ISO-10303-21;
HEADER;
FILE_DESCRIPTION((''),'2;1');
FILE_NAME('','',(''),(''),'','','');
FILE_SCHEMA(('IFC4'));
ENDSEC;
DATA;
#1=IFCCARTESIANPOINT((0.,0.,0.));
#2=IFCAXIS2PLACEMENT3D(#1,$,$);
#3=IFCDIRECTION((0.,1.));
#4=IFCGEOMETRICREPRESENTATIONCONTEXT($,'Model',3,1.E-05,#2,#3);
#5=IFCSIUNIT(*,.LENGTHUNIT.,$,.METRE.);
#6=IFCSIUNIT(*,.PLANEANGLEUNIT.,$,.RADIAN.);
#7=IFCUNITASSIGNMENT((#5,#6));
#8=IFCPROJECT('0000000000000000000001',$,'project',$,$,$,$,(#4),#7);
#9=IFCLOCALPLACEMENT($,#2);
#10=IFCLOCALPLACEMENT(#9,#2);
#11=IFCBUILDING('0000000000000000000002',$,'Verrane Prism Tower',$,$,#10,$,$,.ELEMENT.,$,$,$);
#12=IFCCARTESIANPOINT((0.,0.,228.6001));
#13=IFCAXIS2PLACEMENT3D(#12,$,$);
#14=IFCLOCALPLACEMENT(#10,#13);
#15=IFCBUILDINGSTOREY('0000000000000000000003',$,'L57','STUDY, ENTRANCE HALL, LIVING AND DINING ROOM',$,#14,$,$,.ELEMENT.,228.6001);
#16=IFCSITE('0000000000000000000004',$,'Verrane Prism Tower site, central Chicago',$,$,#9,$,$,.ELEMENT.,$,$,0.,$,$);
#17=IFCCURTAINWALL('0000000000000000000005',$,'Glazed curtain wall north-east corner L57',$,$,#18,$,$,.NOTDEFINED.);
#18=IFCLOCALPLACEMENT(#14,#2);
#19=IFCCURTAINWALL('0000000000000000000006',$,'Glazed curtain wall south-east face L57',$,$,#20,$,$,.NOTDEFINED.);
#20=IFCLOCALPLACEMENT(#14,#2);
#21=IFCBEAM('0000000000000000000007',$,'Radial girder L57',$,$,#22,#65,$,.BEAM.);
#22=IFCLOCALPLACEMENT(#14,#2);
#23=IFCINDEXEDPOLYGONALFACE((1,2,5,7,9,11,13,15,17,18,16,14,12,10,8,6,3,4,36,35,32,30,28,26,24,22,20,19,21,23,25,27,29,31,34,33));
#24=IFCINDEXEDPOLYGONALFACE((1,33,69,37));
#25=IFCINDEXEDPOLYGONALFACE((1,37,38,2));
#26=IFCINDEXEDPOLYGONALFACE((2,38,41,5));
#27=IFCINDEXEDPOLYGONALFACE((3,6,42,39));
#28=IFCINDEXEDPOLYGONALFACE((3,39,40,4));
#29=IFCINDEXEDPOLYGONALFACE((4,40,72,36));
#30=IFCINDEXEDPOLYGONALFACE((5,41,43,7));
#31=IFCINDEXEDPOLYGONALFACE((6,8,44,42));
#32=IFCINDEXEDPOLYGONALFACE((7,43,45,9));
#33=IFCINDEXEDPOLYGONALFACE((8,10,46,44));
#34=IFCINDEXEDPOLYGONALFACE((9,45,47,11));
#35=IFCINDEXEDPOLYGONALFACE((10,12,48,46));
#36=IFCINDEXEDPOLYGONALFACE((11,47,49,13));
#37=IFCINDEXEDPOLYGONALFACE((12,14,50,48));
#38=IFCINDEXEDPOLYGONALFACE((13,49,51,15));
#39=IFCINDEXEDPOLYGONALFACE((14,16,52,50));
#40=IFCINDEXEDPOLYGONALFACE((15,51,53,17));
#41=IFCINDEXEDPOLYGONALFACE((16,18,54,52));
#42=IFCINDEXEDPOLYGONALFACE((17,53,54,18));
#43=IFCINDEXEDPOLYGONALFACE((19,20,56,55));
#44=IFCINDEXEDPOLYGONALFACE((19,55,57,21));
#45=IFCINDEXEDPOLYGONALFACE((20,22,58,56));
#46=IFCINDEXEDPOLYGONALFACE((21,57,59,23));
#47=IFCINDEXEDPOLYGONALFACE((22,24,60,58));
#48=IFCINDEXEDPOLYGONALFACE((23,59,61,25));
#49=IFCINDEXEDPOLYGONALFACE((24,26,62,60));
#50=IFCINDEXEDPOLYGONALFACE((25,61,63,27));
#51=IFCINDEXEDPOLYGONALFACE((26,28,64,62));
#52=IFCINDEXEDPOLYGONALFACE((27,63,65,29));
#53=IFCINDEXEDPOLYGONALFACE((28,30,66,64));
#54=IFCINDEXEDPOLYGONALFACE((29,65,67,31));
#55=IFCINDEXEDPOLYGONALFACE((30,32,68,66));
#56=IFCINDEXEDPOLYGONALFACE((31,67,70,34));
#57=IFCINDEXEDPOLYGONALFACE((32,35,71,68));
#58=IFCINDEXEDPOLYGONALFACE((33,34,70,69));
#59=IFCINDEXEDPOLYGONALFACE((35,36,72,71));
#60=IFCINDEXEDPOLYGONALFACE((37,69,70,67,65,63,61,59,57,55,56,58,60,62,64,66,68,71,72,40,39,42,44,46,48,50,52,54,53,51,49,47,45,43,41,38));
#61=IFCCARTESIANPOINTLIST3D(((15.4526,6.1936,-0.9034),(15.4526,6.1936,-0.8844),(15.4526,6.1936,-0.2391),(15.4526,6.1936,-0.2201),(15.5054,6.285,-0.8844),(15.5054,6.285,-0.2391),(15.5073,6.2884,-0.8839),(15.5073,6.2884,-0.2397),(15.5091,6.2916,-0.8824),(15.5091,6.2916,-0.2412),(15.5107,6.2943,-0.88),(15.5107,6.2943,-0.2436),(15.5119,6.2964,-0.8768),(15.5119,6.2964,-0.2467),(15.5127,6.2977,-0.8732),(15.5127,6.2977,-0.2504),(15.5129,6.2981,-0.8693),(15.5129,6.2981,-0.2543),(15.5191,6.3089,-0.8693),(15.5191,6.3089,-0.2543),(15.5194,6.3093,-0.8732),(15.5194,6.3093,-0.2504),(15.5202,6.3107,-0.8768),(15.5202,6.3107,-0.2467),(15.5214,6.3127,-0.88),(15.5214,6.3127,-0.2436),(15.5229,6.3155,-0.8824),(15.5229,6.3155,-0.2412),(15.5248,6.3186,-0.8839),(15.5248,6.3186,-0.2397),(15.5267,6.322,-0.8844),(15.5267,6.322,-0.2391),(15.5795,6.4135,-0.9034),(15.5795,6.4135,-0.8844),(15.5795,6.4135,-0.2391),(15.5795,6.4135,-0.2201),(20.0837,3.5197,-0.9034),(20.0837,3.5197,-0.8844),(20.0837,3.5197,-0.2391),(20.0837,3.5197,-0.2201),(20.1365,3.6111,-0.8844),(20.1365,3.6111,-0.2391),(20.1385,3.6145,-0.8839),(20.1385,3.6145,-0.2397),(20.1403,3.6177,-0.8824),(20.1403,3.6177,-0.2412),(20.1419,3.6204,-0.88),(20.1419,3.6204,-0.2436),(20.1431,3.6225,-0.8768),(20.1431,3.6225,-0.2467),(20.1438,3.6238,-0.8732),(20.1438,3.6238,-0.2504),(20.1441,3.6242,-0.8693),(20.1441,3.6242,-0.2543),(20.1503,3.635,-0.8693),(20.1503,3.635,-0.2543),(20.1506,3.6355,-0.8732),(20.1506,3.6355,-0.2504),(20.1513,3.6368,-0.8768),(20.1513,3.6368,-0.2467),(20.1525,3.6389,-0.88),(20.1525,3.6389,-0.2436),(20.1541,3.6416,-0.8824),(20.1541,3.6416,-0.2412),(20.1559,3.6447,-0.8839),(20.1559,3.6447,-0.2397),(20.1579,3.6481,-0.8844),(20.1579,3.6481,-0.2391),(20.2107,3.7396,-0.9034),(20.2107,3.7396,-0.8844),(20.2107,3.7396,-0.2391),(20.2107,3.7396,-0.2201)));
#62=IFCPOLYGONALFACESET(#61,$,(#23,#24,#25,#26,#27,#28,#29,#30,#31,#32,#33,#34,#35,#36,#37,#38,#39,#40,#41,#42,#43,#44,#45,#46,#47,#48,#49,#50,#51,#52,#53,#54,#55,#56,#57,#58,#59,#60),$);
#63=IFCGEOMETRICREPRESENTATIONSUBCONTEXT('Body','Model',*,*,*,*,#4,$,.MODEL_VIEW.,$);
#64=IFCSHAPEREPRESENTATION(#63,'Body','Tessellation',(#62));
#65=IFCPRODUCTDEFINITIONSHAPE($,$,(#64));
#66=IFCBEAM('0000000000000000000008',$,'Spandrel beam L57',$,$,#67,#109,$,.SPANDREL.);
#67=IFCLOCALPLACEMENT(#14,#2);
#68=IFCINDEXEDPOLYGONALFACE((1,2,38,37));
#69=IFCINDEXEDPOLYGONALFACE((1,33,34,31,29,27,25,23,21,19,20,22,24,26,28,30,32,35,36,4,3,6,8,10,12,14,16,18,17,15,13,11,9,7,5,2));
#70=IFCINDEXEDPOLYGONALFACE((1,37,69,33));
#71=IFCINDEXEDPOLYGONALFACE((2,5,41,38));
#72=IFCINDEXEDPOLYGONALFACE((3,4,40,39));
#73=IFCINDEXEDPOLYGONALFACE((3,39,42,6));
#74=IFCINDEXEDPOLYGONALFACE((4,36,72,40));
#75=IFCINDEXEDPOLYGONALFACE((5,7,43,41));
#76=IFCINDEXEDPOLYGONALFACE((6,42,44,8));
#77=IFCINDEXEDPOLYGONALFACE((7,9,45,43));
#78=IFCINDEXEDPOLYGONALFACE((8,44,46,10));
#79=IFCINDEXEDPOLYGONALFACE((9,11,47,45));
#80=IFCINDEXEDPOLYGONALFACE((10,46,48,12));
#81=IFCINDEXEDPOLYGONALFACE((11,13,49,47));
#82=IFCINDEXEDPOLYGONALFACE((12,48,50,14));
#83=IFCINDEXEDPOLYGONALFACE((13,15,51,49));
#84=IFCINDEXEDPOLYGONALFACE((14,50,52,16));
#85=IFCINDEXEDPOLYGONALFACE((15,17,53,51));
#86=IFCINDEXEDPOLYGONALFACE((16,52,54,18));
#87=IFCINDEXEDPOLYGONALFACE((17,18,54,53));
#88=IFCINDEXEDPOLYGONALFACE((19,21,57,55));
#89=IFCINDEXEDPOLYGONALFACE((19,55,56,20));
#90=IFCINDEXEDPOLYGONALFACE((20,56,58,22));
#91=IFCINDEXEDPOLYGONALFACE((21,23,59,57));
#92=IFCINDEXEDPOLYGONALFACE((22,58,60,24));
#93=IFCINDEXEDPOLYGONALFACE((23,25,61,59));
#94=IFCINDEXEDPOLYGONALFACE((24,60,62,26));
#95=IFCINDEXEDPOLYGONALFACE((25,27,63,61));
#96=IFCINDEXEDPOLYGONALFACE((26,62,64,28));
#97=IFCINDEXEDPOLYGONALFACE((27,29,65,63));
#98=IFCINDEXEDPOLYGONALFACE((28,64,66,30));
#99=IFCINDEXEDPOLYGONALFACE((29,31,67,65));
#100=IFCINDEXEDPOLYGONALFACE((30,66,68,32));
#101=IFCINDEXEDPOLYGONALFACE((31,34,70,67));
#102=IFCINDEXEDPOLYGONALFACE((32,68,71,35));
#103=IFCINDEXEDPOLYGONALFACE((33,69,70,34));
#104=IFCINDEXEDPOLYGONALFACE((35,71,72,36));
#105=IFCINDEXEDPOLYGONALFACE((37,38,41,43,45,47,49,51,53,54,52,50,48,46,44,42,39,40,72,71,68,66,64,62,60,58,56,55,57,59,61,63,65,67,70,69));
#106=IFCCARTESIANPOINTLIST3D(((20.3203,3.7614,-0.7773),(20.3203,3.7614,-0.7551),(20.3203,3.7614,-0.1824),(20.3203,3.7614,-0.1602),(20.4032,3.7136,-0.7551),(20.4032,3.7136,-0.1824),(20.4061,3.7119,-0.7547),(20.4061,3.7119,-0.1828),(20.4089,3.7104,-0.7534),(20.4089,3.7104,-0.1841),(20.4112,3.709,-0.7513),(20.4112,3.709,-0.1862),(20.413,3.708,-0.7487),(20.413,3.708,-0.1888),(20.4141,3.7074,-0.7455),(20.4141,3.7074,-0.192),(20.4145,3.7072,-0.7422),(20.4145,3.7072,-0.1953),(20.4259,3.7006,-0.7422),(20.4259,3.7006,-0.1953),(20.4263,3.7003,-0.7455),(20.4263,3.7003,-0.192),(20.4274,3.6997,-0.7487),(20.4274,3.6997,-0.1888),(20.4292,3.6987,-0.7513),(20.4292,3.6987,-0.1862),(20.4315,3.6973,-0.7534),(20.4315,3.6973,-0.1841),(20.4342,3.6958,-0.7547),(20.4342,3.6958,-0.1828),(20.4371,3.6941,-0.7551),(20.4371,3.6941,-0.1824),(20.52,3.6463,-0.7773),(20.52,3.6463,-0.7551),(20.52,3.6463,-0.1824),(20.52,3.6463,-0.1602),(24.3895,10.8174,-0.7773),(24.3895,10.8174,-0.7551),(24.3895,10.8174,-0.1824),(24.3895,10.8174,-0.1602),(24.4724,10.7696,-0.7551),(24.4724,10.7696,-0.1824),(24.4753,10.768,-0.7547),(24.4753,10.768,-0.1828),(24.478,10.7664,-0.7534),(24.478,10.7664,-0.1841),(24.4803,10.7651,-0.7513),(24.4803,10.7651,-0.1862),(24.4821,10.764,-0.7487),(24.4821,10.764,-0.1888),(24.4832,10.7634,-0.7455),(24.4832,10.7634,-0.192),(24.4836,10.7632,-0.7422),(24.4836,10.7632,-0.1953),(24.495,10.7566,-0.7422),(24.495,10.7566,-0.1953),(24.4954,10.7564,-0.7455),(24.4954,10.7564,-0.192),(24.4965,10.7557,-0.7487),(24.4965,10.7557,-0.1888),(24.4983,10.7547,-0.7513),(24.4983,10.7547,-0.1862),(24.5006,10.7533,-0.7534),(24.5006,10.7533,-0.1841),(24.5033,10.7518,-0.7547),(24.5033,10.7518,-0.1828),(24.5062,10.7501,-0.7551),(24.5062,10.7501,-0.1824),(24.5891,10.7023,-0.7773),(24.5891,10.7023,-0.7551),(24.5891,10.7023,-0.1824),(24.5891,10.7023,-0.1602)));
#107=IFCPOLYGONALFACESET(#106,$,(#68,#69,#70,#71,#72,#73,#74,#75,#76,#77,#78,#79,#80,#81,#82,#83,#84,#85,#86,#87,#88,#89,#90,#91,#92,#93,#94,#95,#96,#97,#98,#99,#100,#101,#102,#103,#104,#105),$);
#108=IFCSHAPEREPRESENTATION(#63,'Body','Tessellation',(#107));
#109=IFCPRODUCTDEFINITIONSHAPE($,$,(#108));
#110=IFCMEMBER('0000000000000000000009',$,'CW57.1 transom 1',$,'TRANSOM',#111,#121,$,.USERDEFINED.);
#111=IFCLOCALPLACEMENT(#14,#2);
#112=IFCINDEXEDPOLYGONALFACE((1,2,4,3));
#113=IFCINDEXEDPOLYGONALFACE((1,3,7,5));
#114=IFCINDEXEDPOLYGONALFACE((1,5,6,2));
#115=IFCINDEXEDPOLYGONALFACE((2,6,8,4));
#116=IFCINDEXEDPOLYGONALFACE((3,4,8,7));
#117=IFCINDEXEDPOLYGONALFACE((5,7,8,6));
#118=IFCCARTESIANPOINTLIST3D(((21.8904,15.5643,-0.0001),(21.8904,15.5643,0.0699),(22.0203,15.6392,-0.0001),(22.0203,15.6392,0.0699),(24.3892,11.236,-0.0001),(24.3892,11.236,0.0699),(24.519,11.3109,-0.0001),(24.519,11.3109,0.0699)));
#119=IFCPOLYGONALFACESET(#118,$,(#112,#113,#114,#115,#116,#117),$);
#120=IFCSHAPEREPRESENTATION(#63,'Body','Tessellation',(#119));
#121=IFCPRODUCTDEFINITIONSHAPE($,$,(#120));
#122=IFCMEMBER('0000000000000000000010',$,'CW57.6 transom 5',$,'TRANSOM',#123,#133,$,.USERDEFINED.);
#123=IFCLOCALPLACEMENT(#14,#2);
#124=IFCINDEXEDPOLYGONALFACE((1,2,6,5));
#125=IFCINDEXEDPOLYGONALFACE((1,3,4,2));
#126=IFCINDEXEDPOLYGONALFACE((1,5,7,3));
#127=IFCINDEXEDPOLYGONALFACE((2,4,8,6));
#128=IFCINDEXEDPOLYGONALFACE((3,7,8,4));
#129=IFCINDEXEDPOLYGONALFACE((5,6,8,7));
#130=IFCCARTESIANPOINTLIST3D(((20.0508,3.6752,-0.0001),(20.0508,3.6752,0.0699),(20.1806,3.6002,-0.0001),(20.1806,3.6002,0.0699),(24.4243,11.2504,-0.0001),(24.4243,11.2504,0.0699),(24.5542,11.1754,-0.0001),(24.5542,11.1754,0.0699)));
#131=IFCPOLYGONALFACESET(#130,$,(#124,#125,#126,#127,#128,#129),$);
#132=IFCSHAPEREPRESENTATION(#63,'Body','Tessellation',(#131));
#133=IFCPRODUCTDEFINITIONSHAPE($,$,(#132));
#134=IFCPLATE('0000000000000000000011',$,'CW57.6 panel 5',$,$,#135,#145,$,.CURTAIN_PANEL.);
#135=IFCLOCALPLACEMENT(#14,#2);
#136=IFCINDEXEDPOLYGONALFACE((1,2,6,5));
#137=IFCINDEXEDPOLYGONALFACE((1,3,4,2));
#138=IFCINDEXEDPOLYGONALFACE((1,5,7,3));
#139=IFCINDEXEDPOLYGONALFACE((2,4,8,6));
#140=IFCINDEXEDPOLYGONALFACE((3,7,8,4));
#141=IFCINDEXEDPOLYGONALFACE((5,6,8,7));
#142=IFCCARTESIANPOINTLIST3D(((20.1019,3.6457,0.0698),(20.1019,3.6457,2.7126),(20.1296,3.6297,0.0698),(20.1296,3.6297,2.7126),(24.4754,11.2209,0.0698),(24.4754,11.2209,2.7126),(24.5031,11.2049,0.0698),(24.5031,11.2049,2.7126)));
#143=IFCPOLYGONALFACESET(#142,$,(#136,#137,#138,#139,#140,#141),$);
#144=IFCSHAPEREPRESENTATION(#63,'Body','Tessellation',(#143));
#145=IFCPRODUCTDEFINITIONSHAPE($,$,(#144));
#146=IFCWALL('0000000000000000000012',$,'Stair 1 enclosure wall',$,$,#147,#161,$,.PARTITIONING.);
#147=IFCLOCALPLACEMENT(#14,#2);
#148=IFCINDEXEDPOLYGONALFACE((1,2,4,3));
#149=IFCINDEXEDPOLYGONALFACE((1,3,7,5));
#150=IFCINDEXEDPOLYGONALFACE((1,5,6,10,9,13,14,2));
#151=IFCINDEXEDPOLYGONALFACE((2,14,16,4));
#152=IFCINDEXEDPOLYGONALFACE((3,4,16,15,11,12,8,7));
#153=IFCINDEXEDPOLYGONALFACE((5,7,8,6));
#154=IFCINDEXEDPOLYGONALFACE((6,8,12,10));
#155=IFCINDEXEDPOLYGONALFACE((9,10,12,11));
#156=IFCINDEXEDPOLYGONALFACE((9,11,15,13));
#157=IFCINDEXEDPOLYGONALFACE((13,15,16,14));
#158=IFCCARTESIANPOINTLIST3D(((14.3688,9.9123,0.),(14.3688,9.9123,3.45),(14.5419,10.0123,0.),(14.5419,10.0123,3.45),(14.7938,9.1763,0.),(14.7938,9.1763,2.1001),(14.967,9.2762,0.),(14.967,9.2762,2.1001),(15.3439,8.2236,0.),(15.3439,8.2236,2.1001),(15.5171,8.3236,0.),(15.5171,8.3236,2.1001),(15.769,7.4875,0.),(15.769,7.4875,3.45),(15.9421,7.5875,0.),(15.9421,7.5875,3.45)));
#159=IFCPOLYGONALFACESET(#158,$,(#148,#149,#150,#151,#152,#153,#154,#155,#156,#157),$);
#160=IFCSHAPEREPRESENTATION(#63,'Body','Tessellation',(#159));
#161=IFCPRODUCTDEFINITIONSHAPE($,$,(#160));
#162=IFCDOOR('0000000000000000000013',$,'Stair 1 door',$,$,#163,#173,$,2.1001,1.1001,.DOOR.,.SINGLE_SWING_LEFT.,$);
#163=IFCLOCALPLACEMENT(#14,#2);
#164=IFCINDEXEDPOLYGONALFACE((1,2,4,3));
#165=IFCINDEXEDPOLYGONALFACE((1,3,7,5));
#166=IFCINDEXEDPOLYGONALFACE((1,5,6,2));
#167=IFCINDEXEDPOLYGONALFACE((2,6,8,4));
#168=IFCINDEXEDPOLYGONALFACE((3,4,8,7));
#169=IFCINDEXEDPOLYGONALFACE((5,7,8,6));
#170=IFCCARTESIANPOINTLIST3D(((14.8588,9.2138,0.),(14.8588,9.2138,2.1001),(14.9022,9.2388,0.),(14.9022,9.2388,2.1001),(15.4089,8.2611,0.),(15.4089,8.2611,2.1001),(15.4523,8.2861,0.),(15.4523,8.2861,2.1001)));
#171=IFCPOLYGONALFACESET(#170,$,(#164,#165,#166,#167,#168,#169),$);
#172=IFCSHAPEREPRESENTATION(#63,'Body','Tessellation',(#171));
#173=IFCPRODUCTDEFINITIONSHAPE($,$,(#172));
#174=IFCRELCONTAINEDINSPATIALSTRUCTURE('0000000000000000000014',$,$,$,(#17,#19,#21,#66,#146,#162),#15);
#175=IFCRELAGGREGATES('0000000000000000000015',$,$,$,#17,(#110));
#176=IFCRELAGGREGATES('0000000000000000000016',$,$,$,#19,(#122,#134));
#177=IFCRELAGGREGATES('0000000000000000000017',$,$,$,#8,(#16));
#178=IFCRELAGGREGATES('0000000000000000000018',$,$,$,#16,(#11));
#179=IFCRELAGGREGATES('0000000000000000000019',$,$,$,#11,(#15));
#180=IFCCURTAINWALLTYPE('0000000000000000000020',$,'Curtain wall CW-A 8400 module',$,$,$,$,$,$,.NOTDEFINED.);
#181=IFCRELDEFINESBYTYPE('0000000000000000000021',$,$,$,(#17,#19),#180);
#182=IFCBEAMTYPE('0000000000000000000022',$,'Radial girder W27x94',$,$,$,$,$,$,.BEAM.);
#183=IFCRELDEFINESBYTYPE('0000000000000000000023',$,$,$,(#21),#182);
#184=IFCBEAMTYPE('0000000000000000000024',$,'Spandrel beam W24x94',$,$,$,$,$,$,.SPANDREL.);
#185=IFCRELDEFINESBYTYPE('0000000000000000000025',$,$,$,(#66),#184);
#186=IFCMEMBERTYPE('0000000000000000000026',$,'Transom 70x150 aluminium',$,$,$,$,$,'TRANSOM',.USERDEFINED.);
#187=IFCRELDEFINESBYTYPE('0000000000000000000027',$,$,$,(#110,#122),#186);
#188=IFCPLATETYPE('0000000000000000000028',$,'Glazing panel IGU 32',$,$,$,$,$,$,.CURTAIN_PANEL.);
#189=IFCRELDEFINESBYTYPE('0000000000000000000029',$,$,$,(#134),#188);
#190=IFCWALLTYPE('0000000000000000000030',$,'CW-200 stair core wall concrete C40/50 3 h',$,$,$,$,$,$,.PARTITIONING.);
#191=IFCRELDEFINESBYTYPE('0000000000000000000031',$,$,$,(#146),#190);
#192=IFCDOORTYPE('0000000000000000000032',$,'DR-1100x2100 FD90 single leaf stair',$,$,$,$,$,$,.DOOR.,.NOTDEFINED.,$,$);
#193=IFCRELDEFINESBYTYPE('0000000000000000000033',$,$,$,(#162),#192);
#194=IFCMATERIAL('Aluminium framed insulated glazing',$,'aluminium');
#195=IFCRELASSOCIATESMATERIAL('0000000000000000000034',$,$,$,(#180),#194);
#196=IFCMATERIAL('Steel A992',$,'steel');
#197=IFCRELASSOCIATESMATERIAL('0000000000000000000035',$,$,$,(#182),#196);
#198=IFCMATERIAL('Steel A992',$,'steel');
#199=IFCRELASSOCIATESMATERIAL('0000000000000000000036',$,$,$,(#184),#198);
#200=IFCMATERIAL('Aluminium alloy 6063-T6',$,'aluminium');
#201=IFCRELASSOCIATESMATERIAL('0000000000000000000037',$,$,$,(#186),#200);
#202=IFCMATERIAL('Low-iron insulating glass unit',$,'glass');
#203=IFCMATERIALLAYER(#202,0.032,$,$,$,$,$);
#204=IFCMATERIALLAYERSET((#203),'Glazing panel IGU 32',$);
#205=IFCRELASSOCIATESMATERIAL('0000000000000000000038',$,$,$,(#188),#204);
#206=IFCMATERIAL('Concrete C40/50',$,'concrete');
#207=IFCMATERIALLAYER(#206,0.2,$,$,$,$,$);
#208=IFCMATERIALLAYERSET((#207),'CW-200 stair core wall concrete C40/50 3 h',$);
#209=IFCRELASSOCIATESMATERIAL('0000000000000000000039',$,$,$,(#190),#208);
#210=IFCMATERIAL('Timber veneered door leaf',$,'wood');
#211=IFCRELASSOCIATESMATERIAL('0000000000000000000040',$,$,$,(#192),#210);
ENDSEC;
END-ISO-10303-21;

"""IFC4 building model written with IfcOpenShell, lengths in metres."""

from ifc_helpers import new_model, si_unit, direction, frame, frame_2d, origin, origin_2d, place, context, subcontext, project, spatial, rectangle, i_section, extrude, material, layer, layer_set, material_profile, profile_set, type_object, element, fill, aggregate, save


model = new_model("IFC4")

# Units and contexts
model_context = context("Model", 3, precision=1e-05, world=origin(), true_north=direction((0.0, 1.0)))
body_context = subcontext(model_context, "Body", "Model", "MODEL_VIEW")
ifc_project = project(units=[si_unit("LENGTHUNIT", "METRE"), si_unit("PLANEANGLEUNIT", "RADIAN")], contexts=[model_context])

# Site, building, storey
site_placement = place(None, origin())
site = spatial("IfcSite", under=ifc_project, at=site_placement, Name="Verrane Prism Tower site, central Chicago", CompositionType="ELEMENT", RefElevation=0.0)
building_placement = place(site_placement, origin())
building = spatial("IfcBuilding", under=site, at=building_placement, Name="Verrane Prism Tower", CompositionType="ELEMENT")
storey_placement = place(building_placement, frame((0.0, 0.0, 228.6001)))
storey = spatial("IfcBuildingStorey", under=building, at=storey_placement, Name="L57", Description="STUDY, ENTRANCE HALL, LIVING AND DINING ROOM", CompositionType="ELEMENT", Elevation=228.6001)

# Curtain walls
ifc_material_1 = material(Name="Aluminium framed insulated glazing", Category="aluminium")
curtain_wall_type = type_object("IfcCurtainWallType", Name="Curtain wall CW-A 8400 module", PredefinedType="NOTDEFINED", material=ifc_material_1)
curtain_wall_1_placement = place(storey_placement, origin())
curtain_wall_1 = element("IfcCurtainWall", 1, at=curtain_wall_1_placement, inside=storey, type_object=curtain_wall_type, Name="Glazed curtain wall north-east corner L57", PredefinedType="NOTDEFINED")
curtain_wall_2_placement = place(storey_placement, origin())
curtain_wall_2 = element("IfcCurtainWall", 2, at=curtain_wall_2_placement, inside=storey, type_object=curtain_wall_type, Name="Glazed curtain wall south-east face L57", PredefinedType="NOTDEFINED")

# Beams
ifc_material_2 = material(Name="Steel A992", Category="steel")
ifc_material_profile_1 = material_profile(ifc_material_2, i_section(OverallWidth=0.2539, OverallDepth=0.6833, WebThickness=0.0125, FlangeThickness=0.019, FilletRadius=0.0151, at=origin_2d()), Name="W27x94")
ifc_profile_set_1 = profile_set([ifc_material_profile_1], Name="Steel A992")
beam_type_1 = type_object("IfcBeamType", Name="Radial girder W27x94", PredefinedType="BEAM", material=ifc_profile_set_1)
beam_1_placement = place(storey_placement, frame((20.1472, 3.6296, -0.5618), z_axis=(-0.866021, 0.500008, 0.0), x_axis=(-0.500008, -0.866021, 0.0)))
element("IfcBeam", 3, at=beam_1_placement, inside=storey, type_object=beam_type_1, Name="Radial girder L57", PredefinedType="BEAM", context=body_context, shape_type="SweptSolid", body=[
    extrude(i_section(OverallWidth=0.2539, OverallDepth=0.6833, WebThickness=0.0125, FlangeThickness=0.019, FilletRadius=0.0151, at=origin_2d()), origin(), (0.0, 0.0, 1.0), 5.3477),
])
ifc_material_3 = material(Name="Steel A992", Category="steel")
ifc_material_profile_2 = material_profile(ifc_material_3, i_section(OverallWidth=0.2305, OverallDepth=0.6172, WebThickness=0.0132, FlangeThickness=0.0222, FilletRadius=0.0129, at=origin_2d()), Name="W24x94")
ifc_profile_set_2 = profile_set([ifc_material_profile_2], Name="Steel A992")
beam_type_2 = type_object("IfcBeamType", Name="Spandrel beam W24x94", PredefinedType="SPANDREL", material=ifc_profile_set_2)
beam_2_placement = place(storey_placement, frame((20.4202, 3.7039, -0.4688), z_axis=(0.499573, 0.866272, 0.0), x_axis=(-0.866272, 0.499573, 0.0)))
element("IfcBeam", 4, at=beam_2_placement, inside=storey, type_object=beam_type_2, Name="Spandrel beam L57", PredefinedType="SPANDREL", context=body_context, shape_type="SweptSolid", body=[
    extrude(i_section(OverallWidth=0.2305, OverallDepth=0.6172, WebThickness=0.0132, FlangeThickness=0.0222, FilletRadius=0.0129, at=origin_2d()), origin(), (0.0, 0.0, 1.0), 8.1453),
])

# Members
ifc_material_4 = material(Name="Aluminium alloy 6063-T6", Category="aluminium")
ifc_material_profile_3 = material_profile(ifc_material_4, rectangle(XDim=0.1499, YDim=0.0701, at=origin_2d()), Name="Transom 70x150 aluminium")
ifc_profile_set_3 = profile_set([ifc_material_profile_3], Name="Aluminium alloy 6063-T6")
member_type_1 = type_object("IfcMemberType", Name="Transom 70x150 aluminium", ElementType="TRANSOM", PredefinedType="USERDEFINED", material=ifc_profile_set_3)
member_1_placement = place(storey_placement, frame((24.4541, 11.2734, 0.0349), z_axis=(-0.499969, 0.866043, 0.0), x_axis=(-0.866043, -0.499969, 0.0)))
member_1 = element("IfcMember", 5, at=member_1_placement, type_object=member_type_1, Name="CW57.1 transom 1", ObjectType="TRANSOM", PredefinedType="USERDEFINED", context=body_context, shape_type="SweptSolid", body=[
    extrude(rectangle(XDim=0.1499, YDim=0.0701, at=origin_2d()), origin(), (0.0, 0.0, 1.0), 4.9978),
])
aggregate(curtain_wall_1, [member_1])
member_2_placement = place(storey_placement, frame((20.1157, 3.6377, 0.0349), z_axis=(0.499999, 0.866026, 0.0), x_axis=(-0.866026, 0.499999, 0.0)))
member_2 = element("IfcMember", 6, at=member_2_placement, type_object=member_type_1, Name="CW57.6 transom 5", ObjectType="TRANSOM", PredefinedType="USERDEFINED", context=body_context, shape_type="SweptSolid", body=[
    extrude(rectangle(XDim=0.1499, YDim=0.0701, at=origin_2d()), origin(), (0.0, 0.0, 1.0), 8.7471),
])

# Plate
ifc_material_5 = material(Name="Low-iron insulating glass unit", Category="glass")
ifc_layer_1 = layer(ifc_material_5, 0.032)
ifc_layer_set_1 = layer_set([ifc_layer_1], Name="Glazing panel IGU 32")
plate_type = type_object("IfcPlateType", Name="Glazing panel IGU 32", PredefinedType="CURTAIN_PANEL", material=ifc_layer_set_1)
plate_placement = place(storey_placement, frame((22.3025, 7.4253, 0.0698), z_axis=(0.0, 0.0, 1.0), x_axis=(0.500001, 0.866025, 0.0)))
plate = element("IfcPlate", 7, at=plate_placement, type_object=plate_type, Name="CW57.6 panel 5", PredefinedType="CURTAIN_PANEL", context=body_context, shape_type="SweptSolid", body=[
    extrude(rectangle(XDim=8.7471, YDim=0.032, at=origin_2d()), origin(), (0.0, 0.0, 1.0), 2.6428),
])
aggregate(curtain_wall_2, [member_2, plate])

# Wall, opening, door
ifc_material_6 = material(Name="Concrete C40/50", Category="concrete")
ifc_layer_2 = layer(ifc_material_6, 0.2)
ifc_layer_set_2 = layer_set([ifc_layer_2], Name="CW-200 stair core wall concrete C40/50 3 h")
wall_type_1 = type_object("IfcWallType", Name="CW-200 stair core wall concrete C40/50 3 h", PredefinedType="PARTITIONING", material=ifc_layer_set_2)
wall_1_placement = place(storey_placement, frame((15.8555, 7.5376, 0.0), z_axis=(0.0, 0.0, 1.0), x_axis=(-0.50005, 0.865997, 0.0)))
wall_1 = element("IfcWall", 8, at=wall_1_placement, inside=storey, type_object=wall_type_1, Name="Stair 1 enclosure wall", PredefinedType="PARTITIONING", context=body_context, shape_type="SweptSolid", body=[
    extrude(rectangle(XDim=2.8, YDim=0.2, at=frame_2d((1.3999, 0.0))), origin(), (0.0, 0.0, 1.0), 3.45),
])
opening_1_placement = place(wall_1_placement, frame((0.8499, 0.0, 0.0)))
opening_1 = element("IfcOpeningElement", 9, at=opening_1_placement, cuts=wall_1, PredefinedType="OPENING", context=body_context, shape_type="SweptSolid", body=[
    extrude(rectangle(XDim=1.1001, YDim=2.1001, at=frame_2d((0.55, 1.05))), frame((0.0, 0.1099, 0.0), z_axis=(0.0, -1.0, 0.0), x_axis=(1.0, 0.0, 0.0)), (0.0, 0.0, 1.0), 0.22),
])
ifc_material_7 = material(Name="Timber veneered door leaf", Category="wood")
door_type_1 = type_object("IfcDoorType", Name="DR-1100x2100 FD90 single leaf stair", OperationType="NOTDEFINED", PredefinedType="DOOR", material=ifc_material_7)
door_1_placement = place(opening_1_placement, origin())
door_1 = element("IfcDoor", 10, at=door_1_placement, inside=storey, type_object=door_type_1, Name="Stair 1 door", OperationType="SINGLE_SWING_LEFT", OverallHeight=2.1001, OverallWidth=1.1001, PredefinedType="DOOR", context=body_context, shape_type="SweptSolid", body=[
    extrude(rectangle(XDim=1.1001, YDim=2.1001, at=frame_2d((0.55, 1.05))), frame((0.0, 0.0249, 0.0), z_axis=(0.0, -1.0, 0.0), x_axis=(1.0, 0.0, 0.0)), (0.0, 0.0, 1.0), 0.05),
])
fill(opening_1, door_1)

save(model, "model.ifc")
